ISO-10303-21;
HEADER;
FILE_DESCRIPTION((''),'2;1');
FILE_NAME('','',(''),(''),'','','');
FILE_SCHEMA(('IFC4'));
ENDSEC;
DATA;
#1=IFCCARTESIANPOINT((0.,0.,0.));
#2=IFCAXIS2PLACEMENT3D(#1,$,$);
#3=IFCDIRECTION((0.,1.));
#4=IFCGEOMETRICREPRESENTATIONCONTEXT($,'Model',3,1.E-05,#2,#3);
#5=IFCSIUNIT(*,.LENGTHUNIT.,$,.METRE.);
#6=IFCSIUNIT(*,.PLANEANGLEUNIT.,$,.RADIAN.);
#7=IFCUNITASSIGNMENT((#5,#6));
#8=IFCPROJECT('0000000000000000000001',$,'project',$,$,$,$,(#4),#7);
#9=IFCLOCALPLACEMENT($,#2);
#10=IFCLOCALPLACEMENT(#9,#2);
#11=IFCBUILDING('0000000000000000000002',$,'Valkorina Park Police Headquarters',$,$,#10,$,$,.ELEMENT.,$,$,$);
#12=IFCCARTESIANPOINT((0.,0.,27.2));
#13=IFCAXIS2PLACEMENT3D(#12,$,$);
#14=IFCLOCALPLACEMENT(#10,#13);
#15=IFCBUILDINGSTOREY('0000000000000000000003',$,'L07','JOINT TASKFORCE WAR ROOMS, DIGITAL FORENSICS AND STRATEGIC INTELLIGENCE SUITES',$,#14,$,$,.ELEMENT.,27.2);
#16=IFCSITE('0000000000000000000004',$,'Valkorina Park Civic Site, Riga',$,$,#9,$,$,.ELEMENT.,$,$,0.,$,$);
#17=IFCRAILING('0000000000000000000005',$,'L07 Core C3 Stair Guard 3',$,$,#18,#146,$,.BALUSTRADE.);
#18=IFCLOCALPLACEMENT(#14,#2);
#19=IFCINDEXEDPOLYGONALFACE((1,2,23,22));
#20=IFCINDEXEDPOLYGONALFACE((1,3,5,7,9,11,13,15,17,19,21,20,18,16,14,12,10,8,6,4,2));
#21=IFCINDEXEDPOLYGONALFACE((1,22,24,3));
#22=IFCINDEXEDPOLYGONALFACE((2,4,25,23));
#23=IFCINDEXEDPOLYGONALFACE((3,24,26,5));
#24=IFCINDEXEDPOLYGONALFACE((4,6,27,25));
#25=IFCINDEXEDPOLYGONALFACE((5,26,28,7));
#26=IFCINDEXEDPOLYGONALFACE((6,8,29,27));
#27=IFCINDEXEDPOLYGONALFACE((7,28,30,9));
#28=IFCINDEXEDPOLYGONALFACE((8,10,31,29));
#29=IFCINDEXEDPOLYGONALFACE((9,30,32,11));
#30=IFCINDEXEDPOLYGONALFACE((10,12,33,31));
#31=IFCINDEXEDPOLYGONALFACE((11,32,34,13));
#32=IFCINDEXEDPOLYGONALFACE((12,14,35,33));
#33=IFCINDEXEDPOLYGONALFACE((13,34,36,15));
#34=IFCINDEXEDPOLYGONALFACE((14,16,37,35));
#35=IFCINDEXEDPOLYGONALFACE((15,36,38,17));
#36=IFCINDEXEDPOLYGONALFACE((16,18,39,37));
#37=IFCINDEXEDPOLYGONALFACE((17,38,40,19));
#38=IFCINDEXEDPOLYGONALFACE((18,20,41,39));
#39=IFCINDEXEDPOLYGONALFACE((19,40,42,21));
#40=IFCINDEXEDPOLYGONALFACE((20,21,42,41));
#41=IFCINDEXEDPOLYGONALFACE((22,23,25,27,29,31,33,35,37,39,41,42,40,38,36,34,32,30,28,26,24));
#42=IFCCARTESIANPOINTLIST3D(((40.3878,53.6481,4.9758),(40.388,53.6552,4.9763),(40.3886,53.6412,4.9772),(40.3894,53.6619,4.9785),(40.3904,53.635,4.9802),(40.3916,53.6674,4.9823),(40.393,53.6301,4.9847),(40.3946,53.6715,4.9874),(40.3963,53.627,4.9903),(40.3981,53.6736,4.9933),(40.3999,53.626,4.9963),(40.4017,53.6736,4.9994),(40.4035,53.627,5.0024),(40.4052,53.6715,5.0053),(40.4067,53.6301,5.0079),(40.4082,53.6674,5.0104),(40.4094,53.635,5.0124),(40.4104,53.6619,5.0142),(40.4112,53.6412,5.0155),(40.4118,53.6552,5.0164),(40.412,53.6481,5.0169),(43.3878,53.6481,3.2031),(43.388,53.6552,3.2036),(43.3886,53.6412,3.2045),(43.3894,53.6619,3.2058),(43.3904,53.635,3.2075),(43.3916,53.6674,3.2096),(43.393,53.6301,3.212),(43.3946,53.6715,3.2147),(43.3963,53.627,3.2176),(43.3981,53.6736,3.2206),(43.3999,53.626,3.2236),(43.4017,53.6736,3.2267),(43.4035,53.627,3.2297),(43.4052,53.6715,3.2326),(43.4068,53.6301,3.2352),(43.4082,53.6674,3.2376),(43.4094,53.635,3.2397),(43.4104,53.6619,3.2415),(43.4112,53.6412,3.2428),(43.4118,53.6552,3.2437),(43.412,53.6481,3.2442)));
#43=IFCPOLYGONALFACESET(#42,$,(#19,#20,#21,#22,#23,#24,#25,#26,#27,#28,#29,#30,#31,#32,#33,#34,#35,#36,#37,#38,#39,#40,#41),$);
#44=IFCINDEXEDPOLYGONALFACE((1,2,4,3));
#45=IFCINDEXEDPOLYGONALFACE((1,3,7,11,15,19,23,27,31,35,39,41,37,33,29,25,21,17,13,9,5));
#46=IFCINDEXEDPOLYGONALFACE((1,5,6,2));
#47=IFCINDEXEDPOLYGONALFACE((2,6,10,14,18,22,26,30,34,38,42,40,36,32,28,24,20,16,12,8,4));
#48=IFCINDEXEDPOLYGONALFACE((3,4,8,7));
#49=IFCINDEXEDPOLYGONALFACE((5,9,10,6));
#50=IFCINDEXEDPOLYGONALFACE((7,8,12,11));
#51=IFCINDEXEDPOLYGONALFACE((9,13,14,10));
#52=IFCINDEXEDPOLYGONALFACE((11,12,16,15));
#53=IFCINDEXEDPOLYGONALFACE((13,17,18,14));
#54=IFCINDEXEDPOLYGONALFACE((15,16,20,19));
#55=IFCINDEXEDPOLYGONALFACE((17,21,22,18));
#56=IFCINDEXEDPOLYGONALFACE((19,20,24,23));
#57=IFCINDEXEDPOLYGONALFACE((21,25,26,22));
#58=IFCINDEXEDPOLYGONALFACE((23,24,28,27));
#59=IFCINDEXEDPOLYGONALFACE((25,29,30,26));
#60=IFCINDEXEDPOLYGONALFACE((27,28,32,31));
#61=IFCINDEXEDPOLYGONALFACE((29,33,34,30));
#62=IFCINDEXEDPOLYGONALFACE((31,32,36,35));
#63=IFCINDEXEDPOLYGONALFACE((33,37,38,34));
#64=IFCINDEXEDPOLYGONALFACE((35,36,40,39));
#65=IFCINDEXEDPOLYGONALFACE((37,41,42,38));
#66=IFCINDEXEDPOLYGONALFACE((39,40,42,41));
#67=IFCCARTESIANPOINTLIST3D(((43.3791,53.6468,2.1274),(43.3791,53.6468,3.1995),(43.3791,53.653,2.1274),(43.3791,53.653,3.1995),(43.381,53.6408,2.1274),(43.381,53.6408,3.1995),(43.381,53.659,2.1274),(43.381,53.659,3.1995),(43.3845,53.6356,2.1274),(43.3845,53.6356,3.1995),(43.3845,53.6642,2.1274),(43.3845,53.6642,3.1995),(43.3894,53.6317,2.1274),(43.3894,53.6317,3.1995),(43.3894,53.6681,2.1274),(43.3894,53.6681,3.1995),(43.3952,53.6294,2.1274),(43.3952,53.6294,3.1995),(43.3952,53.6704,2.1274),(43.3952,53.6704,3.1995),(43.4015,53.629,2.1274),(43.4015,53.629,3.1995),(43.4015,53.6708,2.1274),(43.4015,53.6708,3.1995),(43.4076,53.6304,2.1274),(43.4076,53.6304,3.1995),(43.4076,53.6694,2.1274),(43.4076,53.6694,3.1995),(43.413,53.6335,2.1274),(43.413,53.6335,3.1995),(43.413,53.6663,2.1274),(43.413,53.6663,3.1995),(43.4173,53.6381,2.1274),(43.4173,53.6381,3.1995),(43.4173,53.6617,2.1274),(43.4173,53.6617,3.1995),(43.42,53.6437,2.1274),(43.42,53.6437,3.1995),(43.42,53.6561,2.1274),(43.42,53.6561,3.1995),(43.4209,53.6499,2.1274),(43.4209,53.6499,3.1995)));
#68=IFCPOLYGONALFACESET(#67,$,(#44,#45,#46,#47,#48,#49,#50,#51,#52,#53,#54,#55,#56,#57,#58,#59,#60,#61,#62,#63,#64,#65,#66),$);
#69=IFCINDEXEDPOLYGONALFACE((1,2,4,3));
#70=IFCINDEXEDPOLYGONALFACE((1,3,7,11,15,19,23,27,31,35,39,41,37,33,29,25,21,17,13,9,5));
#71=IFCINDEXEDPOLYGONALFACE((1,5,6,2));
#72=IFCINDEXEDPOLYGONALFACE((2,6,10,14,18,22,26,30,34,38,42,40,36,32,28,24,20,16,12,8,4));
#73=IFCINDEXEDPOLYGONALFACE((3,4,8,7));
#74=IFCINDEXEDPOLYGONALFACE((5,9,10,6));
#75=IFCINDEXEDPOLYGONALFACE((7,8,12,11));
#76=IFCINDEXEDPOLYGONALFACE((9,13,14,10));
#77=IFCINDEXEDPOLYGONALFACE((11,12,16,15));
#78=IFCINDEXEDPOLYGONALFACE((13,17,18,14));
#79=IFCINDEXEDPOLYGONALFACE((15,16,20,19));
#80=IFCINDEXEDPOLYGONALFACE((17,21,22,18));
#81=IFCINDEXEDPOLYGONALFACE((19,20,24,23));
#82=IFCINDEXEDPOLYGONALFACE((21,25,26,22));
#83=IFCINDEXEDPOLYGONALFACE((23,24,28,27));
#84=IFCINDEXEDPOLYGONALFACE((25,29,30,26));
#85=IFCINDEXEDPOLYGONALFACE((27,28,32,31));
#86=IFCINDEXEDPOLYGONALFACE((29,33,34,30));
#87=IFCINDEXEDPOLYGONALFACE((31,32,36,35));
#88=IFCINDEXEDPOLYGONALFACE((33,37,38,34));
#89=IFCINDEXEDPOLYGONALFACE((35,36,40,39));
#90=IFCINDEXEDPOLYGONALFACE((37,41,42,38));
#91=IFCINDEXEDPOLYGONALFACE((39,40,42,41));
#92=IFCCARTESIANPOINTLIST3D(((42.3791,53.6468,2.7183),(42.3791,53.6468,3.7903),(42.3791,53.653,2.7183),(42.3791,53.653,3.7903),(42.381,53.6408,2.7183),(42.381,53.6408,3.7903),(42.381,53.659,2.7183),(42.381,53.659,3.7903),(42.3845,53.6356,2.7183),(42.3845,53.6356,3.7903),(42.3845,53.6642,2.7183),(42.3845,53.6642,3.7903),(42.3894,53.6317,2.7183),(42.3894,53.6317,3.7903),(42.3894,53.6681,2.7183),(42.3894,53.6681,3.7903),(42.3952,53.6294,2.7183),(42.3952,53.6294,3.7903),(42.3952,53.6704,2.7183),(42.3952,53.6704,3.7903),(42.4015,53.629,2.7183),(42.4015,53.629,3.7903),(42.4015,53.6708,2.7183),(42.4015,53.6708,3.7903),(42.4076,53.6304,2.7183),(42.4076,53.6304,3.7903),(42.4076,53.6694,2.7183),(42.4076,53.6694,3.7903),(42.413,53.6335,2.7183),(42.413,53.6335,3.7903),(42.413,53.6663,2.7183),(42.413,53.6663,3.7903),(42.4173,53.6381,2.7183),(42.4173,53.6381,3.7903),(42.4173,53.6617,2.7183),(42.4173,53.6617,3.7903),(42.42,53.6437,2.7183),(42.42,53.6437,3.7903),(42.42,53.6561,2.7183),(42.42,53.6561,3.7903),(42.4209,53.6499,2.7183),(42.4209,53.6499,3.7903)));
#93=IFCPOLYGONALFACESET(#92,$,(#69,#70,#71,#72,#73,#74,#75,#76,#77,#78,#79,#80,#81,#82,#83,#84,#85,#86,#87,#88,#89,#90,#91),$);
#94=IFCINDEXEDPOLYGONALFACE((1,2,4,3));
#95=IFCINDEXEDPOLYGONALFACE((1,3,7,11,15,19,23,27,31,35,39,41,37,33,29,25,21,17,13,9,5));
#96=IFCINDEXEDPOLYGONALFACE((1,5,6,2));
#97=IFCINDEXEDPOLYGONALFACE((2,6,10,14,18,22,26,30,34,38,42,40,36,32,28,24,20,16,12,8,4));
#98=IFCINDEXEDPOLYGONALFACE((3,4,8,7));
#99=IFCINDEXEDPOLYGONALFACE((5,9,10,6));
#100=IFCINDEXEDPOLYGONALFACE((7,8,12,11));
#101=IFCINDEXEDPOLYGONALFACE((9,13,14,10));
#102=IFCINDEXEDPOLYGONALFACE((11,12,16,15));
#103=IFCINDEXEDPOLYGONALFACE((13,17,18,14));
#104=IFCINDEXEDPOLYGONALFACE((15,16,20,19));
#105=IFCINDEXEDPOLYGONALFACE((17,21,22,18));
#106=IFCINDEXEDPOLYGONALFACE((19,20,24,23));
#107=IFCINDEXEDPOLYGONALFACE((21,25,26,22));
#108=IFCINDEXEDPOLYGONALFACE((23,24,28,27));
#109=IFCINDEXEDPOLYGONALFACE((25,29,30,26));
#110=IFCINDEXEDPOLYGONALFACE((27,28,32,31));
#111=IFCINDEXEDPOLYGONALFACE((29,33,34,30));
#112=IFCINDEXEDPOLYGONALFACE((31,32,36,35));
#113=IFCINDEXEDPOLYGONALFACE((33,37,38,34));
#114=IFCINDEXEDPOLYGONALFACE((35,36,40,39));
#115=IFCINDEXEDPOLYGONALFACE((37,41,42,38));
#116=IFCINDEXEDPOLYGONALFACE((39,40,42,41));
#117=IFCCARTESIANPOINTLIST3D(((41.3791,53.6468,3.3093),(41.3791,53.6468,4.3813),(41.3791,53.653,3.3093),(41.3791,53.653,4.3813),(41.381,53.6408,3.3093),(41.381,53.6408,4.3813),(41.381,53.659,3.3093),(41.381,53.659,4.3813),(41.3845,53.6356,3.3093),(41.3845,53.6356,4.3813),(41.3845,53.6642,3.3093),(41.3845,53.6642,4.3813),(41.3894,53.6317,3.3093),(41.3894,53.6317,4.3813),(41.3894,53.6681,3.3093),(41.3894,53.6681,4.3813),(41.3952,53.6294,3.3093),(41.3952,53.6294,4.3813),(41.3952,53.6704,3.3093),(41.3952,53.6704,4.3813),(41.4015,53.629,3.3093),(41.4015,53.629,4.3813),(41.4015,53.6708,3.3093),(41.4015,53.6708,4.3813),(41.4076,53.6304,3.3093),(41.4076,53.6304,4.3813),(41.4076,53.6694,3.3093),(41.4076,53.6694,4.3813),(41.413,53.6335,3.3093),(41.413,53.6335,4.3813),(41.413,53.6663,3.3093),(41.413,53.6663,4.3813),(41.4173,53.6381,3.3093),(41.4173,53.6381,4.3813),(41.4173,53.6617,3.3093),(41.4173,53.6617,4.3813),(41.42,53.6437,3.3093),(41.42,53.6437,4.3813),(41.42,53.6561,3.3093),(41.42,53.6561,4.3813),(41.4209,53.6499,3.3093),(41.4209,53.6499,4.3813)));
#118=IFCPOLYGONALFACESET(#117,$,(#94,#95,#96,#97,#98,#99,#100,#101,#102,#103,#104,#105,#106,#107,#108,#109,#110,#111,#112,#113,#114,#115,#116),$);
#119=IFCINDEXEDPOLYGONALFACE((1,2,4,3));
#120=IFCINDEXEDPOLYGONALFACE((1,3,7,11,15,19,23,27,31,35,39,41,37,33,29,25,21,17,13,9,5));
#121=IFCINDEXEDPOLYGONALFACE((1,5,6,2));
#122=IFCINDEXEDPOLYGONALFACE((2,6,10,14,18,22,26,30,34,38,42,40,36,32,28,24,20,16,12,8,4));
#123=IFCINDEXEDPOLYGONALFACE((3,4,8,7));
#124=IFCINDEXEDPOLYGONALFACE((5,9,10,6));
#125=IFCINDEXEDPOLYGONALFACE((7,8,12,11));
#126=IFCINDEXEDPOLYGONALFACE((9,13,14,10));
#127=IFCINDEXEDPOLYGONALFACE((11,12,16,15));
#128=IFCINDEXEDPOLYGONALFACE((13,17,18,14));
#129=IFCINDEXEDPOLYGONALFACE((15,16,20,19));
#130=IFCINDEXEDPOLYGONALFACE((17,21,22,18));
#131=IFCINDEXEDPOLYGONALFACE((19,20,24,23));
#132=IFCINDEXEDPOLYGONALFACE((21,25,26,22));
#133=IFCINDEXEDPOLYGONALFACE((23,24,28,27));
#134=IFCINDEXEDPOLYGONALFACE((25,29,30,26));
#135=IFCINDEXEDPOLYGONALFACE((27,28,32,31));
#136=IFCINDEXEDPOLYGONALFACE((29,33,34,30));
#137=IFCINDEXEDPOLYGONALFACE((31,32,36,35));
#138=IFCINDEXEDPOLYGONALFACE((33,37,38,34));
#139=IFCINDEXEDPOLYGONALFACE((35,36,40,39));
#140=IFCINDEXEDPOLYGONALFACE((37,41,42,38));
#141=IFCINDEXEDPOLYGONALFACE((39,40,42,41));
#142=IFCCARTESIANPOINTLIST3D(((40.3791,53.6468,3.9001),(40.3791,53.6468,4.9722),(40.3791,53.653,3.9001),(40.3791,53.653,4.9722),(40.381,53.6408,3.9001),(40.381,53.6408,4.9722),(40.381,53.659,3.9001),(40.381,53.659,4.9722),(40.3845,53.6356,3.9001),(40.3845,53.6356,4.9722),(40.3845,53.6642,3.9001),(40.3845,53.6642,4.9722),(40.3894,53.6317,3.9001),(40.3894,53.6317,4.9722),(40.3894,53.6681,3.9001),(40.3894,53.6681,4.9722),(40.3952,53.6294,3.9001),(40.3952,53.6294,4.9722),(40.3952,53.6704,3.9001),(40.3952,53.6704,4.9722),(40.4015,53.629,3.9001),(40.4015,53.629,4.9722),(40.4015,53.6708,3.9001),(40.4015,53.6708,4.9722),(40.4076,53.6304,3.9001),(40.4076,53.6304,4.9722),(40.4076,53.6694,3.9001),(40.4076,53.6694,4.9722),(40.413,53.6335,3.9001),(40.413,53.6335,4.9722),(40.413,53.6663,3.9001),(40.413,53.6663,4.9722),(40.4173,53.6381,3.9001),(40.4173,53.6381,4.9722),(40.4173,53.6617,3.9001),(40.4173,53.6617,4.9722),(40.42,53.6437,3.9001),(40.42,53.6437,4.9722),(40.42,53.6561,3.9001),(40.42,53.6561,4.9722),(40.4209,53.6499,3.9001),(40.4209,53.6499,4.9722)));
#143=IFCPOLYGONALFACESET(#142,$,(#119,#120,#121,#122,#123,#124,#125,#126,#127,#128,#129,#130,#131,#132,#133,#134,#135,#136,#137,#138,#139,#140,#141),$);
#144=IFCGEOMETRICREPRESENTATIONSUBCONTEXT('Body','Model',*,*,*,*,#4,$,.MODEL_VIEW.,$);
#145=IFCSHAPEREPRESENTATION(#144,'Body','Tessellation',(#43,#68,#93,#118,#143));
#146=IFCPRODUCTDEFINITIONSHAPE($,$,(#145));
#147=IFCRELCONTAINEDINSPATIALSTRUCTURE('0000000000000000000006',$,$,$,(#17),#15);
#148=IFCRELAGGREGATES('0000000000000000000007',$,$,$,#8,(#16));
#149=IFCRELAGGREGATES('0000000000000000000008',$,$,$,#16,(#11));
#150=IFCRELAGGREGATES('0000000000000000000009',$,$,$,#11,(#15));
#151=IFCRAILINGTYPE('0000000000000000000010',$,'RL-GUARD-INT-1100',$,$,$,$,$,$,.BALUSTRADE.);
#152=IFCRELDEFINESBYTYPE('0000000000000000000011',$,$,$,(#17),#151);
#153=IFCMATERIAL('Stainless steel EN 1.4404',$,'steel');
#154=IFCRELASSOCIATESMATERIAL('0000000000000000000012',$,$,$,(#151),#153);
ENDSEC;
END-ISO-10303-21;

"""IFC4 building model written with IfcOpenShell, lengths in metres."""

from ifc_helpers import new_model, si_unit, direction, frame, origin, origin_2d, place, context, subcontext, project, spatial, circle, extrude, material, type_object, element, save


model = new_model("IFC4")

# Units and contexts
model_context = context("Model", 3, precision=1e-05, world=origin(), true_north=direction((0.0, 1.0)))
body_context = subcontext(model_context, "Body", "Model", "MODEL_VIEW")
ifc_project = project(units=[si_unit("LENGTHUNIT", "METRE"), si_unit("PLANEANGLEUNIT", "RADIAN")], contexts=[model_context])

# Site, building, storey
site_placement = place(None, origin())
site = spatial("IfcSite", under=ifc_project, at=site_placement, Name="Valkorina Park Civic Site, Riga", CompositionType="ELEMENT", RefElevation=0.0)
building_placement = place(site_placement, origin())
building = spatial("IfcBuilding", under=site, at=building_placement, Name="Valkorina Park Police Headquarters", CompositionType="ELEMENT")
storey_placement = place(building_placement, frame((0.0, 0.0, 27.2)))
storey = spatial("IfcBuildingStorey", under=building, at=storey_placement, Name="L07", Description="JOINT TASKFORCE WAR ROOMS, DIGITAL FORENSICS AND STRATEGIC INTELLIGENCE SUITES", CompositionType="ELEMENT", Elevation=27.2)

# Railing
ifc_material_1 = material(Name="Stainless steel EN 1.4404", Category="steel")
railing_type_1 = type_object("IfcRailingType", Name="RL-GUARD-INT-1100", PredefinedType="BALUSTRADE", material=ifc_material_1)
railing_1_placement = place(storey_placement, frame((43.3999, 53.6499, 2.1274)))
element("IfcRailing", 1, at=railing_1_placement, inside=storey, type_object=railing_type_1, Name="L07 Core C3 Stair Guard 3", PredefinedType="BALUSTRADE", context=body_context, shape_type="SweptSolid", body=[
    extrude(circle(Radius=0.0239, at=origin_2d()), frame((0.0, 0.0, 1.0962), z_axis=(-0.860929, 0.0, 0.508725), x_axis=(0.0, -1.0, 0.0)), (0.0, 0.0, 1.0), 3.4846),
    extrude(circle(Radius=0.021, at=origin_2d()), origin(), (0.0, 0.0, 1.0), 1.072),
    extrude(circle(Radius=0.021, at=origin_2d()), frame((-1.0, 0.0, 0.5908)), (0.0, 0.0, 1.0), 1.072),
    extrude(circle(Radius=0.021, at=origin_2d()), frame((-2.0, 0.0, 1.1819)), (0.0, 0.0, 1.0), 1.072),
    extrude(circle(Radius=0.021, at=origin_2d()), frame((-3.0, 0.0, 1.7727)), (0.0, 0.0, 1.0), 1.072),
])

save(model, "model.ifc")
